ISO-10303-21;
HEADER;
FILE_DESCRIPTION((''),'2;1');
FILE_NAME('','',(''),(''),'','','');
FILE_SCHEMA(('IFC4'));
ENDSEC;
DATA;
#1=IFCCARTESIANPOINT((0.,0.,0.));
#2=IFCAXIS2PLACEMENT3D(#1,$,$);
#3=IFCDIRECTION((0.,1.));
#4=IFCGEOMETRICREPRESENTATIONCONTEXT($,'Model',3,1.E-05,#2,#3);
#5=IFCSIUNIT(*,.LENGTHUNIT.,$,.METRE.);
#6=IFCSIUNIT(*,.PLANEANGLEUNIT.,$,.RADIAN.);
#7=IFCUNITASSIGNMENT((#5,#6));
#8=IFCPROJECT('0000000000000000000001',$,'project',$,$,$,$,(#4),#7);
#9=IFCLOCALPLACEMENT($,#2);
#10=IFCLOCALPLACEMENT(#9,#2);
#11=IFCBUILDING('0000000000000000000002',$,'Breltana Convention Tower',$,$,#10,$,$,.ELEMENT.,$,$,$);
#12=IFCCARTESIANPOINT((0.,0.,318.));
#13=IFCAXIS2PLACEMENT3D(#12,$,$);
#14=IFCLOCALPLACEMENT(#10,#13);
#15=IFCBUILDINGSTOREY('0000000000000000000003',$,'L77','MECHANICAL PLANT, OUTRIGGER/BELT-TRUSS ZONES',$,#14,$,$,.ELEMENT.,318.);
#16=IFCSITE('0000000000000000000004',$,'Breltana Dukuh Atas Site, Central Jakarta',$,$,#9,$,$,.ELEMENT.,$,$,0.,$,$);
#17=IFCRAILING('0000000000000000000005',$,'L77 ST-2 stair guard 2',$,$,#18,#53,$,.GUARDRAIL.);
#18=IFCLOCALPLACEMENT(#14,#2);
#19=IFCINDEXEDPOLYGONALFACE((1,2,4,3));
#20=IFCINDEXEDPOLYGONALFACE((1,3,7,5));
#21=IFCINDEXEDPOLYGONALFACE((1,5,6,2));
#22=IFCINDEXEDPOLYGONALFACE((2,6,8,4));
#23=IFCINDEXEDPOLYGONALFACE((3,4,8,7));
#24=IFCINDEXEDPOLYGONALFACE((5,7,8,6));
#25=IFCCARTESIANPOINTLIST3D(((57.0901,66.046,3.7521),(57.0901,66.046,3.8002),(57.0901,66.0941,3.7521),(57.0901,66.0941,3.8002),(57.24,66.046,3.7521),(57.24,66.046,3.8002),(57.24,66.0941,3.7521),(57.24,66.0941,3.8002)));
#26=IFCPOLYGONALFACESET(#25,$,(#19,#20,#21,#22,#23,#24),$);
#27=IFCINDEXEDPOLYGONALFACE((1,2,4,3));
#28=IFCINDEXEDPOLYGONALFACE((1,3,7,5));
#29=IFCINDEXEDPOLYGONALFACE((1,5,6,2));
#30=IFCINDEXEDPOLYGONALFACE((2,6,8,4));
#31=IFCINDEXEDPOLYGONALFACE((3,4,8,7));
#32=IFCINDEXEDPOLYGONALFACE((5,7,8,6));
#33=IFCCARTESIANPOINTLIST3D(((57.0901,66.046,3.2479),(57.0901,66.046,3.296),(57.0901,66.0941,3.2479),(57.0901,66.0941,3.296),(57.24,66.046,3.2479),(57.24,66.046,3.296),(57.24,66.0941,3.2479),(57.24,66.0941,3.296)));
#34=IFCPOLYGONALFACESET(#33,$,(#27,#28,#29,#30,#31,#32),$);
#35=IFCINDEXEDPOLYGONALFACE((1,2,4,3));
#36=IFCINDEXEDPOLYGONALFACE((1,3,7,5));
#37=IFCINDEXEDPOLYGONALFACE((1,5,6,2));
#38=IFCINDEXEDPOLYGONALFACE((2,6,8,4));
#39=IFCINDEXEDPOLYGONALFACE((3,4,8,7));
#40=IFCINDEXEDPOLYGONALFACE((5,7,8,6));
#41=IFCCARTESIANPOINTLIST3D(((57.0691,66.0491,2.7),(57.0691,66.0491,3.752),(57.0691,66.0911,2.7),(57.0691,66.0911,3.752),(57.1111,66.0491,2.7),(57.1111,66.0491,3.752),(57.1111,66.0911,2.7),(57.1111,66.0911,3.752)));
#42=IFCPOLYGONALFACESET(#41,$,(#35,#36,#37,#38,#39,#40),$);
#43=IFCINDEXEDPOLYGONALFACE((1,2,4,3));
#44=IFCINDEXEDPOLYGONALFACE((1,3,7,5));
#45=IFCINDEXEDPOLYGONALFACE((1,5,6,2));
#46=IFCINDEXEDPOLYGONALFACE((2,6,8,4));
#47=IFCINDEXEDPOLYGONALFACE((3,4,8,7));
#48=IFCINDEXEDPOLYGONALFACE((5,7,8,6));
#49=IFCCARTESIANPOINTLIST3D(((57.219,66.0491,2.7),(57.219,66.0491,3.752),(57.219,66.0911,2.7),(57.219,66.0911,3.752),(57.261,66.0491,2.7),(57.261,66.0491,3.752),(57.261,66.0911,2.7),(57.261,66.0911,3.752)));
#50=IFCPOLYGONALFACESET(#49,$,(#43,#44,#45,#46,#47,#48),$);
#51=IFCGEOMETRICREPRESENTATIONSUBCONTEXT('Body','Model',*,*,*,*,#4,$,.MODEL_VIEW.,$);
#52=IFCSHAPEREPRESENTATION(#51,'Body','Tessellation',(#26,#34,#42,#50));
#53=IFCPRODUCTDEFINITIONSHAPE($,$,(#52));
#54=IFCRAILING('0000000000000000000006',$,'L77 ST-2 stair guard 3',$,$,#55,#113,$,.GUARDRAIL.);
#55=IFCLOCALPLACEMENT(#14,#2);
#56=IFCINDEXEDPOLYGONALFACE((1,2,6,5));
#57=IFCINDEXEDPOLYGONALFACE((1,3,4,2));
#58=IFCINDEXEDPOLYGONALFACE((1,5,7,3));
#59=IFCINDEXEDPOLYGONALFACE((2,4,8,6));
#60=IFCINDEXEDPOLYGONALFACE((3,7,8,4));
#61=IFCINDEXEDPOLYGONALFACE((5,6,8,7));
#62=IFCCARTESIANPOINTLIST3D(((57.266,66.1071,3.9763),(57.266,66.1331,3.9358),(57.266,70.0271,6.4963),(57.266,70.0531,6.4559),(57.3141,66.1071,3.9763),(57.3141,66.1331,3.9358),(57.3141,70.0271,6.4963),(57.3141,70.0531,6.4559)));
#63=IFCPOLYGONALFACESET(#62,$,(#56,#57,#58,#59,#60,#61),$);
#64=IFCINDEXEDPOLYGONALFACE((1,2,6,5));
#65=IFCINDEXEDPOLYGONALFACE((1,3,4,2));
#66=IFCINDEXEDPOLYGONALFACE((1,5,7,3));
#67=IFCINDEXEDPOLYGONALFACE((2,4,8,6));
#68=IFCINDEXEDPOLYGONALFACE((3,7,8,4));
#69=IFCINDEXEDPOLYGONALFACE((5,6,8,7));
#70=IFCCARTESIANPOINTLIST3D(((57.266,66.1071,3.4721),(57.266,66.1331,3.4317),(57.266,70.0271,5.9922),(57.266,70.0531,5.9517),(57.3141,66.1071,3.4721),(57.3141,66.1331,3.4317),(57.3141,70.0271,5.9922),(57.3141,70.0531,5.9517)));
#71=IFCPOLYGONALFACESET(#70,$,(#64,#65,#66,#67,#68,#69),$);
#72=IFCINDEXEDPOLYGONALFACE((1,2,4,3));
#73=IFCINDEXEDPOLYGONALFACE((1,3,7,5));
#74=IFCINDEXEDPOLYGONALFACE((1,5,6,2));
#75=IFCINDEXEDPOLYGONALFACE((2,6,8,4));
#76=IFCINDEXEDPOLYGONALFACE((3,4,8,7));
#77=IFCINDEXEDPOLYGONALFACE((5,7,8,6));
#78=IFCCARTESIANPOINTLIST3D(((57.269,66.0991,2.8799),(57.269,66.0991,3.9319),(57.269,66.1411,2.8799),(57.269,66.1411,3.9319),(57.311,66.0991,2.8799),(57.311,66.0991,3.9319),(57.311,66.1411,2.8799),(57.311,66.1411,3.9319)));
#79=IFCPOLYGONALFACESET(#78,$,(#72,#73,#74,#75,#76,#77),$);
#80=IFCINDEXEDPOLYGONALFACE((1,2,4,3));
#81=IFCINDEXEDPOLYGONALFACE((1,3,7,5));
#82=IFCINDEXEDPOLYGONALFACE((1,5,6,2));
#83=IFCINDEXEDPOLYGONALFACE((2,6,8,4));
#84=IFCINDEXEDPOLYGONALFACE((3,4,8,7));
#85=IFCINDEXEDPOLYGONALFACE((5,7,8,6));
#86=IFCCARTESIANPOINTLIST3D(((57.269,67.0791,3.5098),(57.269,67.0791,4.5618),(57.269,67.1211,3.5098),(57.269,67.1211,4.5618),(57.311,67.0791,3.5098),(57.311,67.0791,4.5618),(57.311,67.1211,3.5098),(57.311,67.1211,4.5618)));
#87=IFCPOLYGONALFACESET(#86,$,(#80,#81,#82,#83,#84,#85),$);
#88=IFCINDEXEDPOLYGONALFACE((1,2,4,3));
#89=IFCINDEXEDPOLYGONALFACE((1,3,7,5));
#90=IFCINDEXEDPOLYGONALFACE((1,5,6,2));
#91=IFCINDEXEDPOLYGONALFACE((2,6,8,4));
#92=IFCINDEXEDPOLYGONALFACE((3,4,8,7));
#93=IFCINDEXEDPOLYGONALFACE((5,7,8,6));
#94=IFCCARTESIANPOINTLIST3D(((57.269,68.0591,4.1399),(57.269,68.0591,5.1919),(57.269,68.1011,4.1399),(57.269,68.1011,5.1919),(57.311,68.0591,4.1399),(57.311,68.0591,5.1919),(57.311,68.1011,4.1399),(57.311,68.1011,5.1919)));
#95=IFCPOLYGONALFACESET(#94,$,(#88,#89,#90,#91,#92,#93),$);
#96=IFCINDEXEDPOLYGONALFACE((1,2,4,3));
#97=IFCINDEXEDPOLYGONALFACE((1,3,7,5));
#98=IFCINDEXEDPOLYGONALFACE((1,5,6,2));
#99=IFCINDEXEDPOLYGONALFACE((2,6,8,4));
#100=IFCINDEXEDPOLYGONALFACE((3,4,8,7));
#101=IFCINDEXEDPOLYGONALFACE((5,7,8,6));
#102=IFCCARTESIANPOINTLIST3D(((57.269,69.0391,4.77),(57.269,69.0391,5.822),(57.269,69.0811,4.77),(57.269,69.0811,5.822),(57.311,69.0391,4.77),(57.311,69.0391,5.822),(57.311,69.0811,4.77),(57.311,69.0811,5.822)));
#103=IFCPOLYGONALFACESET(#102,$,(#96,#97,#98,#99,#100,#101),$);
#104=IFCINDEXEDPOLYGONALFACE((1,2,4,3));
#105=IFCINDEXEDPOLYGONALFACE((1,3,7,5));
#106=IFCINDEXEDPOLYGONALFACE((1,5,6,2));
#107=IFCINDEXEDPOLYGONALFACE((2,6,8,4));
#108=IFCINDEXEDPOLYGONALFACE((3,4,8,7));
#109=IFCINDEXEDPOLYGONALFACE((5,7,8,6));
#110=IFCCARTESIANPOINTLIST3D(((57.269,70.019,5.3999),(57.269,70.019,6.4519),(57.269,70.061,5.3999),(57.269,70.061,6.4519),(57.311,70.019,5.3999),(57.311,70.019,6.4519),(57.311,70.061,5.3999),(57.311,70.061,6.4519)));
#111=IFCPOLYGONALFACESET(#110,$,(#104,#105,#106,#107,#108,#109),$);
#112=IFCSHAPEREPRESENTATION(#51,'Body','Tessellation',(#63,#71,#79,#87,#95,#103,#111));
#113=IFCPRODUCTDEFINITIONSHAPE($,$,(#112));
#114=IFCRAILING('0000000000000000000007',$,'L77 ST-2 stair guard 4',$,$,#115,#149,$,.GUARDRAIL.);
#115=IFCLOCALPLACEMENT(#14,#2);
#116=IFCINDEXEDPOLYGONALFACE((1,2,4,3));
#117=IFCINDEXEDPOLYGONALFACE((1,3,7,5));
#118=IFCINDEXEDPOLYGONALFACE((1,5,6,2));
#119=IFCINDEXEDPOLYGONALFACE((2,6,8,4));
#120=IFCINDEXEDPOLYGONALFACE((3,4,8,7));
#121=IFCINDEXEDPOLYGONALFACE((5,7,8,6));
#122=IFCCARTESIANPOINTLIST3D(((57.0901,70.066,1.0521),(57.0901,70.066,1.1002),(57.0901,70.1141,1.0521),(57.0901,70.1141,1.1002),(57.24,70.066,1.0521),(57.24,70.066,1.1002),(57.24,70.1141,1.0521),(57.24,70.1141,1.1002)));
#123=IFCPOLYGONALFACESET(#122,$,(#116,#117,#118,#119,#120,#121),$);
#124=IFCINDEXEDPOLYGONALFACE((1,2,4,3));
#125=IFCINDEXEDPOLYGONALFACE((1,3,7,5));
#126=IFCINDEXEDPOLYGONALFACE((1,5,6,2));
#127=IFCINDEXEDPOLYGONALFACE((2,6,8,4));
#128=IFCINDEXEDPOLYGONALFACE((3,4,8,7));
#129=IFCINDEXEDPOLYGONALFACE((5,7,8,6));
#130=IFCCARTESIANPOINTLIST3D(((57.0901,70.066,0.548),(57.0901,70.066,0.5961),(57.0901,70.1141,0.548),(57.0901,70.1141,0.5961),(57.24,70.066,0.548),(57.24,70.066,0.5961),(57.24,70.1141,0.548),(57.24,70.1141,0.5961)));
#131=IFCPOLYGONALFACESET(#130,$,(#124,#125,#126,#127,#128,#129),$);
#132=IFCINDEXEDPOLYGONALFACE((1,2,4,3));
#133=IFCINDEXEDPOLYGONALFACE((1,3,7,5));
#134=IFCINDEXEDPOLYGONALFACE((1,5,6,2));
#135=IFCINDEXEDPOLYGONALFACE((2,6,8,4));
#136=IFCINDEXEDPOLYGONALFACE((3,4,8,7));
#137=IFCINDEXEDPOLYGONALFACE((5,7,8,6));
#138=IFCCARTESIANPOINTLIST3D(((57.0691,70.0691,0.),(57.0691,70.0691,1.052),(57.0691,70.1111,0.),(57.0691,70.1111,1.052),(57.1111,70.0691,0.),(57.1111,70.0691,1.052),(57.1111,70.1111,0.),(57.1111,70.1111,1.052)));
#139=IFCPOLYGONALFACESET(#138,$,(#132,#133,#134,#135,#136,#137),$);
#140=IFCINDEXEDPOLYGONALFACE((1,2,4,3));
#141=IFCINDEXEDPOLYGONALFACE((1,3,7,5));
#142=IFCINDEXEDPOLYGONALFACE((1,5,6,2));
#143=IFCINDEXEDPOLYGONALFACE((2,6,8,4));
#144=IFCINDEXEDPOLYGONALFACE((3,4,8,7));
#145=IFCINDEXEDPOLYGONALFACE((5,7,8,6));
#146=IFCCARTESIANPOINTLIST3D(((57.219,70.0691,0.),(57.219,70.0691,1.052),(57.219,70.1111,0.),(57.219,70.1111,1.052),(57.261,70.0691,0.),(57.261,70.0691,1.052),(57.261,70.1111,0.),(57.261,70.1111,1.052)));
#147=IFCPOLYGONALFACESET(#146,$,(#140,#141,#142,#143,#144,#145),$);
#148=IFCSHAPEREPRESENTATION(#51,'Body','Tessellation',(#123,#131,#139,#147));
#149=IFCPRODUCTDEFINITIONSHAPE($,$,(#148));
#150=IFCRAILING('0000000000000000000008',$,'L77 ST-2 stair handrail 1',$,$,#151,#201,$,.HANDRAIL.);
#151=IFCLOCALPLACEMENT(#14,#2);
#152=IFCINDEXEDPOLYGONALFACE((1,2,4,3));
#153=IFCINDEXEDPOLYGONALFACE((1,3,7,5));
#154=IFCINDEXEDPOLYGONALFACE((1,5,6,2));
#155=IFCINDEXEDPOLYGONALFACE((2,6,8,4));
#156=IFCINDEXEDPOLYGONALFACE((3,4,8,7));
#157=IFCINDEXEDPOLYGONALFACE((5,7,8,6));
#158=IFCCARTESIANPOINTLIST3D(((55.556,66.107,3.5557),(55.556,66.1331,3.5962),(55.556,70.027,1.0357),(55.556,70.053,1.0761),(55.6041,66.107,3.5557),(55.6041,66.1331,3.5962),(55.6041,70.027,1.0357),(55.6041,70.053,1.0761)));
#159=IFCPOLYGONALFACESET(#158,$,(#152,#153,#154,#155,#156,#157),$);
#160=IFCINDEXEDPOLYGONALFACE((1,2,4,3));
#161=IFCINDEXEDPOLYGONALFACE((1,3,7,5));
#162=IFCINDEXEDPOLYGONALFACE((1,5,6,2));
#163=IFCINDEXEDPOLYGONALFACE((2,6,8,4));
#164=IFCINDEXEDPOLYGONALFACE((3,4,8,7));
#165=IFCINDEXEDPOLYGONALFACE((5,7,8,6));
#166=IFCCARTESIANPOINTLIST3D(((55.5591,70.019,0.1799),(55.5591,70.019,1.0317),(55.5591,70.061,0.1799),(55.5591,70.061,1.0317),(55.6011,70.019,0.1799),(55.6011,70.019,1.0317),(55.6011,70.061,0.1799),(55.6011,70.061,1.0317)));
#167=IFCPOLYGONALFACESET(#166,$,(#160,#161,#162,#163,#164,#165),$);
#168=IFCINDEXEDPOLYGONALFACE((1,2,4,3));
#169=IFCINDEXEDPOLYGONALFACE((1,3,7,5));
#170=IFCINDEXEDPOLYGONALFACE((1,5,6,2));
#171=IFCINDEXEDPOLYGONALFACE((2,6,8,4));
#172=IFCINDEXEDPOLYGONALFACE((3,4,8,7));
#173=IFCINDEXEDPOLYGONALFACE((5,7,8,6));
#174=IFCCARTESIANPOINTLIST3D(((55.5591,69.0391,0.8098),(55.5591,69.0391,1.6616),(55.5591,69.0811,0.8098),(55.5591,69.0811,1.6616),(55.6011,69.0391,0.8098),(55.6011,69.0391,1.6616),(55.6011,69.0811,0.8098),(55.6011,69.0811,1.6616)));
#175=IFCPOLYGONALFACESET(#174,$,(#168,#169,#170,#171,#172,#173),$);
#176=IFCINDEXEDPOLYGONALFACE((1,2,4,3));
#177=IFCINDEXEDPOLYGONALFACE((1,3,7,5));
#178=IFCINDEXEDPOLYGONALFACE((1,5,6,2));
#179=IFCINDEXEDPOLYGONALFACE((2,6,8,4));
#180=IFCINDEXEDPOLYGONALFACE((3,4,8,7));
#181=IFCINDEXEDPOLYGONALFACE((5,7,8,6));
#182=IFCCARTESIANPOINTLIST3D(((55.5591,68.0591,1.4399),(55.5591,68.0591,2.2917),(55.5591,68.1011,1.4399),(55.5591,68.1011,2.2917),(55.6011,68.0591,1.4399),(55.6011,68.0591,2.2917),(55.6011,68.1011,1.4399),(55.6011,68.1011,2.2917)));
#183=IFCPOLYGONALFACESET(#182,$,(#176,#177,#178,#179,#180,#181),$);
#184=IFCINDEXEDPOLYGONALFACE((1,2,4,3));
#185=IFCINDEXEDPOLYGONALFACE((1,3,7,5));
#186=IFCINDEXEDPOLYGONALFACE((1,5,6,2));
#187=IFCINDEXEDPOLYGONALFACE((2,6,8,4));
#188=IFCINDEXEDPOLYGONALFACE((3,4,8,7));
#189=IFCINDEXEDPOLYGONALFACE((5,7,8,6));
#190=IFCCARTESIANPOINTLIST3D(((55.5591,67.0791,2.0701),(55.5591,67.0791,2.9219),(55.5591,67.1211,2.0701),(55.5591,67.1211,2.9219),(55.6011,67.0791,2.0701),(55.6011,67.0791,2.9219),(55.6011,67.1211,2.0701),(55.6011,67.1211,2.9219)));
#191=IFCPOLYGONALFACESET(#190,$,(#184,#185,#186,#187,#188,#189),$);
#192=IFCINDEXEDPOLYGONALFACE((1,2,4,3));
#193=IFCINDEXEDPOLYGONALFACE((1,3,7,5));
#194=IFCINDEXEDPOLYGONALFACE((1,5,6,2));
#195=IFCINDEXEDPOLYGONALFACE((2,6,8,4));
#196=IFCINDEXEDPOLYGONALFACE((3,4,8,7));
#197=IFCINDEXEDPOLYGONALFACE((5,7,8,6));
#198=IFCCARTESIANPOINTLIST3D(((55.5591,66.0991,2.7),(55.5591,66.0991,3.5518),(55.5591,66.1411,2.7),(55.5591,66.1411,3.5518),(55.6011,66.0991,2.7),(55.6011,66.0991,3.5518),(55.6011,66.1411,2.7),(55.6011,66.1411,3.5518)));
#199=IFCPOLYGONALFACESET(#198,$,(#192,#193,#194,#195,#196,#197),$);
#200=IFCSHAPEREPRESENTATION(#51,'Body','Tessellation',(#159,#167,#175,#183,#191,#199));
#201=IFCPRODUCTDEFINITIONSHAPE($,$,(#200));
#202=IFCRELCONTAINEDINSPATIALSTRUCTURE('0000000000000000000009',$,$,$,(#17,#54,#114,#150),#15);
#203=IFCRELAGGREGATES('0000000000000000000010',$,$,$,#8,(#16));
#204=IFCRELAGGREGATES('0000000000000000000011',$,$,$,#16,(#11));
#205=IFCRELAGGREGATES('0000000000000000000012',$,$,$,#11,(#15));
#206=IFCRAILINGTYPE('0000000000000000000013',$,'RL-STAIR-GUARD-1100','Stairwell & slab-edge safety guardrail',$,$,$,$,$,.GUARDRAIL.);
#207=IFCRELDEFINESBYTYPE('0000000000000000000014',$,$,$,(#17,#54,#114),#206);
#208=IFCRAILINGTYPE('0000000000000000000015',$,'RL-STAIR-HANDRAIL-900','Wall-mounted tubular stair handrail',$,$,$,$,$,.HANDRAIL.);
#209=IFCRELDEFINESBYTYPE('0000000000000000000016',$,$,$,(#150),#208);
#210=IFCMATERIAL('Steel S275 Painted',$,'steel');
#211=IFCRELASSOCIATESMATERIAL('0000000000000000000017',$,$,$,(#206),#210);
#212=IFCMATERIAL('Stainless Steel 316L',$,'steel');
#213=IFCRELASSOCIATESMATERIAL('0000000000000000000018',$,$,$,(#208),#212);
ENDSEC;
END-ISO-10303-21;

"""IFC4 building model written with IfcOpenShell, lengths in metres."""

from ifc_helpers import new_model, si_unit, direction, frame, origin, origin_2d, place, context, subcontext, project, spatial, rectangle, extrude, material, type_object, element, save


model = new_model("IFC4")

# Units and contexts
model_context = context("Model", 3, precision=1e-05, world=origin(), true_north=direction((0.0, 1.0)))
body_context = subcontext(model_context, "Body", "Model", "MODEL_VIEW")
ifc_project = project(units=[si_unit("LENGTHUNIT", "METRE"), si_unit("PLANEANGLEUNIT", "RADIAN")], contexts=[model_context])

# Site, building, storey
site_placement = place(None, origin())
site = spatial("IfcSite", under=ifc_project, at=site_placement, Name="Breltana Dukuh Atas Site, Central Jakarta", CompositionType="ELEMENT", RefElevation=0.0)
building_placement = place(site_placement, origin())
building = spatial("IfcBuilding", under=site, at=building_placement, Name="Breltana Convention Tower", CompositionType="ELEMENT")
storey_placement = place(building_placement, frame((0.0, 0.0, 318.0)))
storey = spatial("IfcBuildingStorey", under=building, at=storey_placement, Name="L77", Description="MECHANICAL PLANT, OUTRIGGER/BELT-TRUSS ZONES", CompositionType="ELEMENT", Elevation=318.0)

# Railings
ifc_material_1 = material(Name="Steel S275 Painted", Category="steel")
railing_type_1 = type_object("IfcRailingType", Name="RL-STAIR-GUARD-1100", Description="Stairwell & slab-edge safety guardrail", PredefinedType="GUARDRAIL", material=ifc_material_1)
railing_1_placement = place(storey_placement, frame((57.0901, 66.0701, 2.7)))
element("IfcRailing", 1, at=railing_1_placement, inside=storey, type_object=railing_type_1, Name="L77 ST-2 stair guard 2", PredefinedType="GUARDRAIL", context=body_context, shape_type="SweptSolid", body=[
    extrude(rectangle(XDim=0.0481, YDim=0.0481, at=origin_2d()), frame((0.0, 0.0, 1.0762), z_axis=(1.0, 0.0, 0.0), x_axis=(0.0, 1.0, 0.0)), (0.0, 0.0, 1.0), 0.1499),
    extrude(rectangle(XDim=0.0481, YDim=0.0481, at=origin_2d()), frame((0.0, 0.0, 0.572), z_axis=(1.0, 0.0, 0.0), x_axis=(0.0, 1.0, 0.0)), (0.0, 0.0, 1.0), 0.1499),
    extrude(rectangle(XDim=0.042, YDim=0.042, at=origin_2d()), origin(), (0.0, 0.0, 1.0), 1.052),
    extrude(rectangle(XDim=0.042, YDim=0.042, at=origin_2d()), frame((0.1499, 0.0, 0.0)), (0.0, 0.0, 1.0), 1.052),
])
railing_2_placement = place(storey_placement, frame((57.29, 66.1201, 2.8799)))
element("IfcRailing", 2, at=railing_2_placement, inside=storey, type_object=railing_type_1, Name="L77 ST-2 stair guard 3", PredefinedType="GUARDRAIL", context=body_context, shape_type="SweptSolid", body=[
    extrude(rectangle(XDim=0.0481, YDim=0.0481, at=origin_2d()), frame((0.0, 0.0, 1.0762), z_axis=(0.0, 0.841172, 0.540768), x_axis=(-1.0, 0.0, 0.0)), (0.0, 0.0, 1.0), 4.6602),
    extrude(rectangle(XDim=0.0481, YDim=0.0481, at=origin_2d()), frame((0.0, 0.0, 0.572), z_axis=(0.0, 0.841172, 0.540768), x_axis=(-1.0, 0.0, 0.0)), (0.0, 0.0, 1.0), 4.6602),
    extrude(rectangle(XDim=0.042, YDim=0.042, at=origin_2d()), origin(), (0.0, 0.0, 1.0), 1.052),
    extrude(rectangle(XDim=0.042, YDim=0.042, at=origin_2d()), frame((0.0, 0.98, 0.6299)), (0.0, 0.0, 1.0), 1.052),
    extrude(rectangle(XDim=0.042, YDim=0.042, at=origin_2d()), frame((0.0, 1.96, 1.26)), (0.0, 0.0, 1.0), 1.052),
    extrude(rectangle(XDim=0.042, YDim=0.042, at=origin_2d()), frame((0.0, 2.9399, 1.8901)), (0.0, 0.0, 1.0), 1.052),
    extrude(rectangle(XDim=0.042, YDim=0.042, at=origin_2d()), frame((0.0, 3.9199, 2.52)), (0.0, 0.0, 1.0), 1.052),
])
railing_3_placement = place(storey_placement, frame((57.0901, 70.0901, 0.0)))
element("IfcRailing", 3, at=railing_3_placement, inside=storey, type_object=railing_type_1, Name="L77 ST-2 stair guard 4", PredefinedType="GUARDRAIL", context=body_context, shape_type="SweptSolid", body=[
    extrude(rectangle(XDim=0.0481, YDim=0.0481, at=origin_2d()), frame((0.0, 0.0, 1.0762), z_axis=(1.0, 0.0, 0.0), x_axis=(0.0, 1.0, 0.0)), (0.0, 0.0, 1.0), 0.1499),
    extrude(rectangle(XDim=0.0481, YDim=0.0481, at=origin_2d()), frame((0.0, 0.0, 0.572), z_axis=(1.0, 0.0, 0.0), x_axis=(0.0, 1.0, 0.0)), (0.0, 0.0, 1.0), 0.1499),
    extrude(rectangle(XDim=0.042, YDim=0.042, at=origin_2d()), origin(), (0.0, 0.0, 1.0), 1.052),
    extrude(rectangle(XDim=0.042, YDim=0.042, at=origin_2d()), frame((0.1499, 0.0, 0.0)), (0.0, 0.0, 1.0), 1.052),
])
ifc_material_2 = material(Name="Stainless Steel 316L", Category="steel")
railing_type_2 = type_object("IfcRailingType", Name="RL-STAIR-HANDRAIL-900", Description="Wall-mounted tubular stair handrail", PredefinedType="HANDRAIL", material=ifc_material_2)
railing_4_placement = place(storey_placement, frame((55.5801, 70.04, 0.1799)))
element("IfcRailing", 4, at=railing_4_placement, inside=storey, type_object=railing_type_2, Name="L77 ST-2 stair handrail 1", PredefinedType="HANDRAIL", context=body_context, shape_type="SweptSolid", body=[
    extrude(rectangle(XDim=0.0481, YDim=0.0481, at=origin_2d()), frame((0.0, 0.0, 0.876), z_axis=(0.0, -0.841172, 0.540768), x_axis=(1.0, 0.0, 0.0)), (0.0, 0.0, 1.0), 4.6602),
    extrude(rectangle(XDim=0.042, YDim=0.042, at=origin_2d()), origin(), (0.0, 0.0, 1.0), 0.8518),
    extrude(rectangle(XDim=0.042, YDim=0.042, at=origin_2d()), frame((0.0, -0.98, 0.6299)), (0.0, 0.0, 1.0), 0.8518),
    extrude(rectangle(XDim=0.042, YDim=0.042, at=origin_2d()), frame((0.0, -1.96, 1.26)), (0.0, 0.0, 1.0), 0.8518),
    extrude(rectangle(XDim=0.042, YDim=0.042, at=origin_2d()), frame((0.0, -2.9399, 1.8901)), (0.0, 0.0, 1.0), 0.8518),
    extrude(rectangle(XDim=0.042, YDim=0.042, at=origin_2d()), frame((0.0, -3.9199, 2.52)), (0.0, 0.0, 1.0), 0.8518),
])

save(model, "model.ifc")
